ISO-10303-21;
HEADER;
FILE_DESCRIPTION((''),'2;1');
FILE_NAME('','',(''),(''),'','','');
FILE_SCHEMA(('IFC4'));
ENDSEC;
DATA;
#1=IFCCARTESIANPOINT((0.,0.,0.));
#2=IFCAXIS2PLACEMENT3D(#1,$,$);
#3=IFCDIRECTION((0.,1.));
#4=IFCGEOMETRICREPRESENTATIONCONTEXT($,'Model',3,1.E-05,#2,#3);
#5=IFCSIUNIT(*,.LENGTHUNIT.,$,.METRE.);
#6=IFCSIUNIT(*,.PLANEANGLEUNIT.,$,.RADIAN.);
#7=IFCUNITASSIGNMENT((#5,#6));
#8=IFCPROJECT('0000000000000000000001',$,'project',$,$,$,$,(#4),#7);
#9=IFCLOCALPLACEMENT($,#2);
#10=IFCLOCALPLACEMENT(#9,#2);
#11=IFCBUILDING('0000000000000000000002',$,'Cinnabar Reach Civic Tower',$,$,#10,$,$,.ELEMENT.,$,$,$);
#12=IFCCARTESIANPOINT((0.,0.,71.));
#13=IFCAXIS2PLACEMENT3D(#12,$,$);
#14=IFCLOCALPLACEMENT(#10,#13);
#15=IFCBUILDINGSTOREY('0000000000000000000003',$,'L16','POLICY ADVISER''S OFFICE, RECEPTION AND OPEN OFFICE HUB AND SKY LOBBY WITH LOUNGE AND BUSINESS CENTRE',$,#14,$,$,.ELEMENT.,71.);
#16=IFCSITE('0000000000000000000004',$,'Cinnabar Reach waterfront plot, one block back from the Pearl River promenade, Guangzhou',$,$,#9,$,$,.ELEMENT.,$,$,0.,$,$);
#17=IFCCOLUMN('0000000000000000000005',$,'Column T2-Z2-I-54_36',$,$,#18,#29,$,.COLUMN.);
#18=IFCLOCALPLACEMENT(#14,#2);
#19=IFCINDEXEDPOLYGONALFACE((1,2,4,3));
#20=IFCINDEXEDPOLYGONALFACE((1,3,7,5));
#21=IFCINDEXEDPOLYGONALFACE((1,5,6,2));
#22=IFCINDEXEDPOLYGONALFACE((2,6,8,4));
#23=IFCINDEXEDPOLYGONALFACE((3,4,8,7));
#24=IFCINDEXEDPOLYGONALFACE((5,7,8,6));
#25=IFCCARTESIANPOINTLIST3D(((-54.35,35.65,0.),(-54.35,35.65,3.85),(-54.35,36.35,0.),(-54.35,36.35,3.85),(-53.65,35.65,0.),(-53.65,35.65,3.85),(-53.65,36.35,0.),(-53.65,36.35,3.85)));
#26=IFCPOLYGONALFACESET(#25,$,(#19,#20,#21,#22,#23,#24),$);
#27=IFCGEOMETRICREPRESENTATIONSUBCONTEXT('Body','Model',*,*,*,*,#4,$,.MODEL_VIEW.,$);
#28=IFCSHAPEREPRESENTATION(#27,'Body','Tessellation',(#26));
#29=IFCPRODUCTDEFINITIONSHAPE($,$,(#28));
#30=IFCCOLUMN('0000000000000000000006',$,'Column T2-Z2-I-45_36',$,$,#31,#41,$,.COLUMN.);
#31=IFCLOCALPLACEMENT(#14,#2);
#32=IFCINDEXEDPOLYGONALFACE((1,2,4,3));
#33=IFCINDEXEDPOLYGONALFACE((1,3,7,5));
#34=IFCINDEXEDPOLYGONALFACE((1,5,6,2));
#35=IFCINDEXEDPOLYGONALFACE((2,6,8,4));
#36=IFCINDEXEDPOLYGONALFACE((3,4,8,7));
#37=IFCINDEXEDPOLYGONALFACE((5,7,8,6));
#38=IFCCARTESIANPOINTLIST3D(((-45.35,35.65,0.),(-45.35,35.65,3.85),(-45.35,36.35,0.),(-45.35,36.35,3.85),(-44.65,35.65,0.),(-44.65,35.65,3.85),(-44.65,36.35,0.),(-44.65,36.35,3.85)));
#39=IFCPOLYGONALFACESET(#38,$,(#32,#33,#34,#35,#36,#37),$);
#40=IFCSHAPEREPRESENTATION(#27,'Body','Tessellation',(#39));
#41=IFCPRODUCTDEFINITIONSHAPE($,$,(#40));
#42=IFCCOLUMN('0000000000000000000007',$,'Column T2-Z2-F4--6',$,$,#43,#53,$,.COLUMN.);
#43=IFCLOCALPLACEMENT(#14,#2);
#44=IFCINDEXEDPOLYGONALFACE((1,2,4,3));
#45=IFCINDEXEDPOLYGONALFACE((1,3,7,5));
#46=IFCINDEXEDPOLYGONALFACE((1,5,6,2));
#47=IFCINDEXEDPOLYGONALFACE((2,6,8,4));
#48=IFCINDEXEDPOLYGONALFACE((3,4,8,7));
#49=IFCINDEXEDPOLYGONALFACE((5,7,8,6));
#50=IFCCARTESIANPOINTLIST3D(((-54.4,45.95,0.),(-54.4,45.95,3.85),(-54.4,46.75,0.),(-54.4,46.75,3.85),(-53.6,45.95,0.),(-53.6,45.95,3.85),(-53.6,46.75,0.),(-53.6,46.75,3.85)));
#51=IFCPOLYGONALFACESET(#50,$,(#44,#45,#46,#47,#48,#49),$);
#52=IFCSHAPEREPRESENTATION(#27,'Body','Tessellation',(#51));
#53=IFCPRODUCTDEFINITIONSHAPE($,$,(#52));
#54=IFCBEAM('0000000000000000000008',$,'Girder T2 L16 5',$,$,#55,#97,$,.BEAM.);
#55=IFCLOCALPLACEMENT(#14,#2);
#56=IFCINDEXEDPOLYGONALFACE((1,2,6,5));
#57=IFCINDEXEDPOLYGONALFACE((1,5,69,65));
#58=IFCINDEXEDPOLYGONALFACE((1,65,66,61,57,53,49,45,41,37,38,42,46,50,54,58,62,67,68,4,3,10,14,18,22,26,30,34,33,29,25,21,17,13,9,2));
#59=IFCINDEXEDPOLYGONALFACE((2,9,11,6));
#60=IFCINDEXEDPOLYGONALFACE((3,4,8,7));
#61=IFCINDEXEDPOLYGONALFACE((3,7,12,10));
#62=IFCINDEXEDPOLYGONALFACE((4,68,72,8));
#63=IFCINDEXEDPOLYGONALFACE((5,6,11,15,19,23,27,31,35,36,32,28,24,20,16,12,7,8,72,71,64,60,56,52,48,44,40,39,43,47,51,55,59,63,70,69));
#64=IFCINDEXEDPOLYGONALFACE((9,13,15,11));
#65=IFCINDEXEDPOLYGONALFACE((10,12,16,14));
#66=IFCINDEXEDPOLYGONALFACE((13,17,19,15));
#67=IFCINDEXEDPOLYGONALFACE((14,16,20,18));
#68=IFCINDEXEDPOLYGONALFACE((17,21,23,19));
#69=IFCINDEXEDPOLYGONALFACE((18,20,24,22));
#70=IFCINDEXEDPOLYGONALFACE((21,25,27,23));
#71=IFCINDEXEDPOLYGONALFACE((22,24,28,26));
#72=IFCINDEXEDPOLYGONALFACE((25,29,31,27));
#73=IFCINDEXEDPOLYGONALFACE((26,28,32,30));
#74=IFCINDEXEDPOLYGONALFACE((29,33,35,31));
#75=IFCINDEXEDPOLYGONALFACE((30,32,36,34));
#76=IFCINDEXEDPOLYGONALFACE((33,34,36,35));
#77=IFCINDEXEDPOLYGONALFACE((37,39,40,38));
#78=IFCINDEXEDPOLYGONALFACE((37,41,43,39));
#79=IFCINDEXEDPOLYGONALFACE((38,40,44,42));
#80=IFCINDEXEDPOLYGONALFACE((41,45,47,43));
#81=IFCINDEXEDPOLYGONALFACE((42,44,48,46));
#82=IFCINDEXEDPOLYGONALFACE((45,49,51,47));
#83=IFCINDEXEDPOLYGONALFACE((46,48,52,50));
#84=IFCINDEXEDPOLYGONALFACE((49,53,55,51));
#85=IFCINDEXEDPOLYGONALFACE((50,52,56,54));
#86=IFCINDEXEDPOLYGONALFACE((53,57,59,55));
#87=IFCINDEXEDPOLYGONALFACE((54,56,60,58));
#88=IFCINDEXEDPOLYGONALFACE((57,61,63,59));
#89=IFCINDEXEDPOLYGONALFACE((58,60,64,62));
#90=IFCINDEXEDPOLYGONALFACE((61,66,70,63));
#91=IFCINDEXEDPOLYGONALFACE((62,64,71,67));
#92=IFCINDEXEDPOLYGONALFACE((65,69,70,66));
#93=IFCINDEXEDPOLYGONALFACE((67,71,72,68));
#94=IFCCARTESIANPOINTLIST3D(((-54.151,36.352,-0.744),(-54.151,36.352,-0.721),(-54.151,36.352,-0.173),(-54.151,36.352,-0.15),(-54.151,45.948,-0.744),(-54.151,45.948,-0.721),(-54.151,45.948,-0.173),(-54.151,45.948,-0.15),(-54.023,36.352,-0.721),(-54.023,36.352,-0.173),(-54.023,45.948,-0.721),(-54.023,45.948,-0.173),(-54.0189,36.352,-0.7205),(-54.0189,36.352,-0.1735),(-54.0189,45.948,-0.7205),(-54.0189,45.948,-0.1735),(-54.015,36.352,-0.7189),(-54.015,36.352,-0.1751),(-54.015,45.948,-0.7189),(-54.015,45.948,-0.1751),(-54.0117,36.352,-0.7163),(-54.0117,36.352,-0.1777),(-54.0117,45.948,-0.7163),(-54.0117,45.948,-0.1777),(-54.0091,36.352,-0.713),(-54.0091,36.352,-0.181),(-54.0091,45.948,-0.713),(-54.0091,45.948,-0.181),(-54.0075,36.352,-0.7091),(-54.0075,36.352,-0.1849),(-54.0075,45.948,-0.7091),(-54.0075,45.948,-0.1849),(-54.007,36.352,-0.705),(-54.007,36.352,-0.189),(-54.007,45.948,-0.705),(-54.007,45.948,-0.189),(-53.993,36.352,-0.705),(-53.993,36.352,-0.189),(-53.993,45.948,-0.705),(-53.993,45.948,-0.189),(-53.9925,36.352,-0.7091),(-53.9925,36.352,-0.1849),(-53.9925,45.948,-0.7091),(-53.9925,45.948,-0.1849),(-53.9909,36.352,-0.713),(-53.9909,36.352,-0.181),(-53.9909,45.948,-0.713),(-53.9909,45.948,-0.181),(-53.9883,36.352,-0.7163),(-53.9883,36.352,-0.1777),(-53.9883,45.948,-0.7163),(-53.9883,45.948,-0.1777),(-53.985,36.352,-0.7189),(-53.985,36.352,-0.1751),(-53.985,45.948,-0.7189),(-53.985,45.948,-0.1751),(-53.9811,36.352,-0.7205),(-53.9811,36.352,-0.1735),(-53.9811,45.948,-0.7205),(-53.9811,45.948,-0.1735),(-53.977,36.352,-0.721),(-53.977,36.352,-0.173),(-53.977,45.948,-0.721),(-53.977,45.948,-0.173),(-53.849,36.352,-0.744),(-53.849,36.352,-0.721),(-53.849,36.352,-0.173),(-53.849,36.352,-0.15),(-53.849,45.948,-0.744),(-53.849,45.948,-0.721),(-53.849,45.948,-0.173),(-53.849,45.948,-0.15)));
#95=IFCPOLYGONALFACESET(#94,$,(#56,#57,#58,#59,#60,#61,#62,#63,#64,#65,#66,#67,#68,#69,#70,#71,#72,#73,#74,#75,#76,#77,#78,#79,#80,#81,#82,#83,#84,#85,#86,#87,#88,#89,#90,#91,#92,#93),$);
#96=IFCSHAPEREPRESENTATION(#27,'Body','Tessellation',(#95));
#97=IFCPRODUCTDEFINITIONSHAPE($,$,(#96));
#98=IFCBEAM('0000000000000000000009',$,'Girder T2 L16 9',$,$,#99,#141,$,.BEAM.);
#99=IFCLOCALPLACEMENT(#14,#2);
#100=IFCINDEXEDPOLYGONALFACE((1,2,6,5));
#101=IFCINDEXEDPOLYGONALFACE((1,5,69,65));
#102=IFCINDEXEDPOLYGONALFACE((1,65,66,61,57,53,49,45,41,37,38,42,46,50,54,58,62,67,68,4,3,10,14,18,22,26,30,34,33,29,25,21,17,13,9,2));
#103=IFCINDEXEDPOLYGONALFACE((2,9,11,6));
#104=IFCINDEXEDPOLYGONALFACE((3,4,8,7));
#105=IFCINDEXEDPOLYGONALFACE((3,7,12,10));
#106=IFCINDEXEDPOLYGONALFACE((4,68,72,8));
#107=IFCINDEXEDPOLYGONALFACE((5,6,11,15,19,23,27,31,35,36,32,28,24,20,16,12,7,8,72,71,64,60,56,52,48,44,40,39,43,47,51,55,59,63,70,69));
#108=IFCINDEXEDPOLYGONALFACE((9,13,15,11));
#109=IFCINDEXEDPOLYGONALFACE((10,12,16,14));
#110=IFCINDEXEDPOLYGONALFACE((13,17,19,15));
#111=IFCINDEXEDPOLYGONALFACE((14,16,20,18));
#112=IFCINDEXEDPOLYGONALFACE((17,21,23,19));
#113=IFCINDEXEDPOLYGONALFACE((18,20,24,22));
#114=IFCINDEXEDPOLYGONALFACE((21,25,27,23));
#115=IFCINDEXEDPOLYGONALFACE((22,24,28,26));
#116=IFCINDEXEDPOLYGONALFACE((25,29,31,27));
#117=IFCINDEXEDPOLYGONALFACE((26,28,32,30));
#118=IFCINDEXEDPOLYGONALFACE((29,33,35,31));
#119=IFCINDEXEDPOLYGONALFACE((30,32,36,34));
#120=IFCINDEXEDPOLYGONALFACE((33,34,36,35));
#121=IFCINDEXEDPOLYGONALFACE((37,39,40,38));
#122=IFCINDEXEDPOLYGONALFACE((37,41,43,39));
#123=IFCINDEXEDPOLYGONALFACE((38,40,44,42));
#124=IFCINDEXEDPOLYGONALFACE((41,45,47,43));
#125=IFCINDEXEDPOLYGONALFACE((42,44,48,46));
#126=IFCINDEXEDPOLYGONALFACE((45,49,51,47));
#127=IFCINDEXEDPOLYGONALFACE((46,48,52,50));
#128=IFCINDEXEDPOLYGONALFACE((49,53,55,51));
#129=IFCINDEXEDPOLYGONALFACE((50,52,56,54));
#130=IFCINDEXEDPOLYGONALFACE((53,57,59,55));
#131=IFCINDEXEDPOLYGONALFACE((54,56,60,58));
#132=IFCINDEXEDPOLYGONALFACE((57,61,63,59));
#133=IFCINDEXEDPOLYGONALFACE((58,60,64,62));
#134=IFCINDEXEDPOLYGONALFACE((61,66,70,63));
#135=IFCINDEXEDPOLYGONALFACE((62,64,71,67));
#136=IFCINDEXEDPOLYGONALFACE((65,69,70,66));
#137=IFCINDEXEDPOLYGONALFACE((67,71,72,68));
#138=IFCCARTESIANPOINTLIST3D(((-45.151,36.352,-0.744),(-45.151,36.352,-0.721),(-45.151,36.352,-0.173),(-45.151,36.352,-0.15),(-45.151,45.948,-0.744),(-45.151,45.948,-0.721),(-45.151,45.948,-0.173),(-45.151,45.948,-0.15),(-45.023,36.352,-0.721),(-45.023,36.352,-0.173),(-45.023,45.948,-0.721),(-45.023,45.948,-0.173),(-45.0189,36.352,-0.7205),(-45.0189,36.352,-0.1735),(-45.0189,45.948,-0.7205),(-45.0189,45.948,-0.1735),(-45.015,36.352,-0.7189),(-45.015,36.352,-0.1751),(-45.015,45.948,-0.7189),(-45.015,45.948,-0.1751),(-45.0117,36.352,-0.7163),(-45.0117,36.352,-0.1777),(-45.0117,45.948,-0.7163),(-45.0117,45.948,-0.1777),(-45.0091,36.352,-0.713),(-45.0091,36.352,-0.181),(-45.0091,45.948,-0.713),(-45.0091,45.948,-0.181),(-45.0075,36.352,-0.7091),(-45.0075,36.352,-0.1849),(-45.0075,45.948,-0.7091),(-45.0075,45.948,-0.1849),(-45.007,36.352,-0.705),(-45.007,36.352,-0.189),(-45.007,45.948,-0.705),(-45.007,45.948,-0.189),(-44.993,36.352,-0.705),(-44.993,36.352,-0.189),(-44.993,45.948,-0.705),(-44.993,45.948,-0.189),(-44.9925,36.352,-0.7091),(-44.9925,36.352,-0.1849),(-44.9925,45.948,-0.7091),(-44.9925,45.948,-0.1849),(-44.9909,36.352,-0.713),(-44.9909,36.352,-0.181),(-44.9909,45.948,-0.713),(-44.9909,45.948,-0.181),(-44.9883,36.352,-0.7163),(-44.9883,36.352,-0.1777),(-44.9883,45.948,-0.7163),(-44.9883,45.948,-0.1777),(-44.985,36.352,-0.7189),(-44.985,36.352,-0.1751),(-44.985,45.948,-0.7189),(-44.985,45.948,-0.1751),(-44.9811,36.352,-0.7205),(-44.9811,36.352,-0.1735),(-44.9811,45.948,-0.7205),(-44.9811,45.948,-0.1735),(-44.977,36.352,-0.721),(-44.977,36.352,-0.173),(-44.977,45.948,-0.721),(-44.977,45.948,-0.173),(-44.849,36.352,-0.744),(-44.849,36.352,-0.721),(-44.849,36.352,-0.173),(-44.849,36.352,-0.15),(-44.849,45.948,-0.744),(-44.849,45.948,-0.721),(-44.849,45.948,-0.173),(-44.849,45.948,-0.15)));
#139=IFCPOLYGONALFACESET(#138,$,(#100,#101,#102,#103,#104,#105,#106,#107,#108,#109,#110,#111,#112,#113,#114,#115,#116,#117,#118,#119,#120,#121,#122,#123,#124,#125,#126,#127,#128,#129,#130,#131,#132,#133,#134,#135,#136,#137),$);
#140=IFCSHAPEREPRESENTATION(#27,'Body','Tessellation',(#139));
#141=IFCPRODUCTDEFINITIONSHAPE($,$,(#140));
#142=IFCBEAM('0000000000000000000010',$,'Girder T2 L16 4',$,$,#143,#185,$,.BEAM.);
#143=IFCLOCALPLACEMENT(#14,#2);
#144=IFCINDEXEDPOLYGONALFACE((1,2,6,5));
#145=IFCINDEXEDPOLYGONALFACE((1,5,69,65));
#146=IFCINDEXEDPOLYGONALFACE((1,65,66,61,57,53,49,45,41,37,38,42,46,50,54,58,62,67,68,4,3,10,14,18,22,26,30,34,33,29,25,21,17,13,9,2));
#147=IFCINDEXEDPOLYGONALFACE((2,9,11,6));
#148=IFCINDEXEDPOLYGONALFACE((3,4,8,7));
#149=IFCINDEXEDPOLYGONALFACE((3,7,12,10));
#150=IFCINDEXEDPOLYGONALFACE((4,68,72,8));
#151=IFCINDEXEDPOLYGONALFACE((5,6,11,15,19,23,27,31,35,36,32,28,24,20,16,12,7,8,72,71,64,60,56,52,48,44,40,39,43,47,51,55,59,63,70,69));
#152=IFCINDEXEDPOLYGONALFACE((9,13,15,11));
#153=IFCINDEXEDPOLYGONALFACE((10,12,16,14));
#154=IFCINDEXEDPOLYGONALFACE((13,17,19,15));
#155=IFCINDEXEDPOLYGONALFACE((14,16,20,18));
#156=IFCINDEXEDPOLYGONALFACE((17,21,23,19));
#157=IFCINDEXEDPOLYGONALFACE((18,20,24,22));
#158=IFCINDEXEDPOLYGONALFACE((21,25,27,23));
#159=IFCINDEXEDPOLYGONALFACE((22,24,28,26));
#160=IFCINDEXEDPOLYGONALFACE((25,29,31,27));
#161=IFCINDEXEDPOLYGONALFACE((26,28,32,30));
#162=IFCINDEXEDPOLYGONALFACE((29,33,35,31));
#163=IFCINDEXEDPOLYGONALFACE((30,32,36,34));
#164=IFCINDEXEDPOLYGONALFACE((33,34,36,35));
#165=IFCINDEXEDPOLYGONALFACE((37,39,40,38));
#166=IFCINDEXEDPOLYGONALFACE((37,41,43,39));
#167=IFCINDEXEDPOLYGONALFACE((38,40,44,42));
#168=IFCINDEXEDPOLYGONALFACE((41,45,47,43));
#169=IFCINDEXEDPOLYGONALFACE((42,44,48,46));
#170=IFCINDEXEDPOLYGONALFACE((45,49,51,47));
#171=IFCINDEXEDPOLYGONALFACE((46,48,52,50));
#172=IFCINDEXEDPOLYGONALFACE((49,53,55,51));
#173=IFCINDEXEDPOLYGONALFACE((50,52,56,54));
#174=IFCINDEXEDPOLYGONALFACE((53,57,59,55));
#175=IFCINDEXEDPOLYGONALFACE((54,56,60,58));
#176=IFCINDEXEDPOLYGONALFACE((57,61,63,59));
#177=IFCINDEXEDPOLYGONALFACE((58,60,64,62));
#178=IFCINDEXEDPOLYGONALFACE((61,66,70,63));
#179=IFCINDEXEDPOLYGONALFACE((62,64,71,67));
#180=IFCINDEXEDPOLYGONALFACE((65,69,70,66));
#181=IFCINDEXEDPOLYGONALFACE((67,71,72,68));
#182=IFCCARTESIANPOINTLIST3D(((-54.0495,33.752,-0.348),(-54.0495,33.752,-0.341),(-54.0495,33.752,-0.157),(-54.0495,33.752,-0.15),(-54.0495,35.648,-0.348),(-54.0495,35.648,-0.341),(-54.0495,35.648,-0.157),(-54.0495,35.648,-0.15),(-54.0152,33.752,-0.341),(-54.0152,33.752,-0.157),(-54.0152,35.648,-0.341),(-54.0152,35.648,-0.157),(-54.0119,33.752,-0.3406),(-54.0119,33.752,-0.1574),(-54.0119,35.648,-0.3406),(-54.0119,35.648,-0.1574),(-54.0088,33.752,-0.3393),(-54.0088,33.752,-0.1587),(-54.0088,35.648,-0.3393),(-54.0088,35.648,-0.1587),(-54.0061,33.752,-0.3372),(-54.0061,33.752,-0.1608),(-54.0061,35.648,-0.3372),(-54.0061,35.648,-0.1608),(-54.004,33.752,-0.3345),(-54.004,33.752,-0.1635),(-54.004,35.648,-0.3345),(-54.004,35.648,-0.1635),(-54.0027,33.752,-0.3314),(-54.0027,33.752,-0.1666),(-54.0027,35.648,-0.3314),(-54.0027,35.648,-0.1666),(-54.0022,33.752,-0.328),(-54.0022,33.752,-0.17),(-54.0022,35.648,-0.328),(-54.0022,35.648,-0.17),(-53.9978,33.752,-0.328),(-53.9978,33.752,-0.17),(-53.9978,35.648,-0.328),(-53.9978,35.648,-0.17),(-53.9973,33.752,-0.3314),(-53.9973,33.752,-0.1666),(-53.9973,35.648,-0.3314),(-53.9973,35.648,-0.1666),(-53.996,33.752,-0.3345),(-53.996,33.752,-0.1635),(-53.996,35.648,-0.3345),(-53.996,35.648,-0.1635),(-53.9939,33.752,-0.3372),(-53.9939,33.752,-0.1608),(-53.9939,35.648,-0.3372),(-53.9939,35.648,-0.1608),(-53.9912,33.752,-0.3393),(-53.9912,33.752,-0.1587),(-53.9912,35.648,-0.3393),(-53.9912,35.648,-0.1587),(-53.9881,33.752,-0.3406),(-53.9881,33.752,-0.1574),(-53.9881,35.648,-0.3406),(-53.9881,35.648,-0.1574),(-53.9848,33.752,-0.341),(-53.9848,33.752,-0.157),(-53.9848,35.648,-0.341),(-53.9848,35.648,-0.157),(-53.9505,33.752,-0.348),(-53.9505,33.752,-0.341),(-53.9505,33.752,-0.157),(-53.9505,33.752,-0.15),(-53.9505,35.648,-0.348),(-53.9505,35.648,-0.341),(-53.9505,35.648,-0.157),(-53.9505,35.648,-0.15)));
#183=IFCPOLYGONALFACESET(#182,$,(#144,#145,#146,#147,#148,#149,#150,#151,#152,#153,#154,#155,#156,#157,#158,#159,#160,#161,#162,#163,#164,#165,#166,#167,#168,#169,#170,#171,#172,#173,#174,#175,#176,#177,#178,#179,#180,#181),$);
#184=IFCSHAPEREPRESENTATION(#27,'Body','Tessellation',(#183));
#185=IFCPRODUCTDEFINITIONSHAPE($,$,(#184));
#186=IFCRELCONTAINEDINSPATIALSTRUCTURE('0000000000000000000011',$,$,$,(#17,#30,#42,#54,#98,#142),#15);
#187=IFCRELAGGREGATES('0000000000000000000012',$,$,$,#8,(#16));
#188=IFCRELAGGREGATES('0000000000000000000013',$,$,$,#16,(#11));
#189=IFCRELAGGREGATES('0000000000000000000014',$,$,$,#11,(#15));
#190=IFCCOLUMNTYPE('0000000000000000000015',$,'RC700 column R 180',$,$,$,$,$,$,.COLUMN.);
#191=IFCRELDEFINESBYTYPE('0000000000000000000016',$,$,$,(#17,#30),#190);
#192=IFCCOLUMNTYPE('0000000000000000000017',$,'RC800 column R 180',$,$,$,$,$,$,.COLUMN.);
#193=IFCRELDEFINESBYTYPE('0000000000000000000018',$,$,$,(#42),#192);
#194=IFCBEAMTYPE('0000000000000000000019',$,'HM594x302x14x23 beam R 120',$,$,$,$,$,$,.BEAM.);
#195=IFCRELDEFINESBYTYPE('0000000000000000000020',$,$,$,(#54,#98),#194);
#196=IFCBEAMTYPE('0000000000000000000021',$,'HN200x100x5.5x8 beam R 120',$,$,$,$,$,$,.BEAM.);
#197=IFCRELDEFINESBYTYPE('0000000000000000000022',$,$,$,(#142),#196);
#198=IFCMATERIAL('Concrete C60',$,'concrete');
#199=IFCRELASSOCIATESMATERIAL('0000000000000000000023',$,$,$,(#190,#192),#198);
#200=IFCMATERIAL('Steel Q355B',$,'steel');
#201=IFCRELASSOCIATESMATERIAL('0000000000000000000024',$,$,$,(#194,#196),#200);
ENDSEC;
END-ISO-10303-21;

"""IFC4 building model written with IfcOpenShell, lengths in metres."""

from ifc_helpers import new_model, si_unit, direction, frame, origin, origin_2d, place, context, subcontext, project, spatial, rectangle, i_section, extrude, material, material_profile, profile_set, type_object, element, save


model = new_model("IFC4")

# Units and contexts
model_context = context("Model", 3, precision=1e-05, world=origin(), true_north=direction((0.0, 1.0)))
body_context = subcontext(model_context, "Body", "Model", "MODEL_VIEW")
ifc_project = project(units=[si_unit("LENGTHUNIT", "METRE"), si_unit("PLANEANGLEUNIT", "RADIAN")], contexts=[model_context])

# Site, building, storey
site_placement = place(None, origin())
site = spatial("IfcSite", under=ifc_project, at=site_placement, Name="Cinnabar Reach waterfront plot, one block back from the Pearl River promenade, Guangzhou", CompositionType="ELEMENT", RefElevation=0.0)
building_placement = place(site_placement, origin())
building = spatial("IfcBuilding", under=site, at=building_placement, Name="Cinnabar Reach Civic Tower", CompositionType="ELEMENT")
storey_placement = place(building_placement, frame((0.0, 0.0, 71.0)))
storey = spatial("IfcBuildingStorey", under=building, at=storey_placement, Name="L16", Description="POLICY ADVISER'S OFFICE, RECEPTION AND OPEN OFFICE HUB AND SKY LOBBY WITH LOUNGE AND BUSINESS CENTRE", CompositionType="ELEMENT", Elevation=71.0)

# Columns
ifc_material_1 = material(Name="Concrete C60", Category="concrete")
ifc_material_profile_1 = material_profile(ifc_material_1, rectangle(XDim=0.7, YDim=0.7, at=origin_2d()), Name="RC700")
ifc_profile_set_1 = profile_set([ifc_material_profile_1], Name="Concrete C60")
column_type_1 = type_object("IfcColumnType", Name="RC700 column R 180", PredefinedType="COLUMN", material=ifc_profile_set_1)
for number, where, z_axis, x_axis, name in (
    (1, (-54.0, 36.0, 0.0), (0.0, 0.0, 1.0), (1.0, 0.0, 0.0), "Column T2-Z2-I-54_36"),
    (2, (-45.0, 36.0, 0.0), (0.0, 0.0, 1.0), (1.0, 0.0, 0.0), "Column T2-Z2-I-45_36"),
):
    element("IfcColumn", number, at=place(storey_placement, frame(where, z_axis=z_axis, x_axis=x_axis)), inside=storey, type_object=column_type_1, Name=name, PredefinedType="COLUMN", context=body_context, shape_type="SweptSolid", body=[
        extrude(rectangle(XDim=0.7, YDim=0.7, at=origin_2d()), origin(), (0.0, 0.0, 1.0), 3.85),
    ])
ifc_material_profile_2 = material_profile(ifc_material_1, rectangle(XDim=0.8, YDim=0.8, at=origin_2d()), Name="RC800")
ifc_profile_set_2 = profile_set([ifc_material_profile_2], Name="Concrete C60")
column_type_2 = type_object("IfcColumnType", Name="RC800 column R 180", PredefinedType="COLUMN", material=ifc_profile_set_2)
column_placement = place(storey_placement, frame((-54.0, 46.35, 0.0), z_axis=(0.0, 0.0, 1.0), x_axis=(1.0, 0.0, 0.0)))
element("IfcColumn", 3, at=column_placement, inside=storey, type_object=column_type_2, Name="Column T2-Z2-F4--6", PredefinedType="COLUMN", context=body_context, shape_type="SweptSolid", body=[
    extrude(rectangle(XDim=0.8, YDim=0.8, at=origin_2d()), origin(), (0.0, 0.0, 1.0), 3.85),
])

# Beams
ifc_material_2 = material(Name="Steel Q355B", Category="steel")
ifc_material_profile_3 = material_profile(ifc_material_2, i_section(OverallWidth=0.302, OverallDepth=0.594, WebThickness=0.014, FlangeThickness=0.023, FilletRadius=0.016, at=origin_2d()), Name="HM594x302x14x23")
ifc_profile_set_3 = profile_set([ifc_material_profile_3], Name="Steel Q355B")
beam_type_1 = type_object("IfcBeamType", Name="HM594x302x14x23 beam R 120", PredefinedType="BEAM", material=ifc_profile_set_3)
for number, where, z_axis, x_axis, name in (
    (4, (-54.0, 36.352, -0.447), (0.0, 1.0, 0.0), (-1.0, 0.0, 0.0), "Girder T2 L16 5"),
    (5, (-45.0, 36.352, -0.447), (0.0, 1.0, 0.0), (-1.0, 0.0, 0.0), "Girder T2 L16 9"),
):
    element("IfcBeam", number, at=place(storey_placement, frame(where, z_axis=z_axis, x_axis=x_axis)), inside=storey, type_object=beam_type_1, Name=name, PredefinedType="BEAM", context=body_context, shape_type="SweptSolid", body=[
        extrude(i_section(OverallWidth=0.302, OverallDepth=0.594, WebThickness=0.014, FlangeThickness=0.023, FilletRadius=0.016, at=origin_2d()), origin(), (0.0, 0.0, 1.0), 9.596),
    ])
ifc_material_profile_4 = material_profile(ifc_material_2, i_section(OverallWidth=0.099, OverallDepth=0.198, WebThickness=0.0045, FlangeThickness=0.007, FilletRadius=0.013, at=origin_2d()), Name="HN200x100x5.5x8")
ifc_profile_set_4 = profile_set([ifc_material_profile_4], Name="Steel Q355B")
beam_type_2 = type_object("IfcBeamType", Name="HN200x100x5.5x8 beam R 120", PredefinedType="BEAM", material=ifc_profile_set_4)
beam_1_placement = place(storey_placement, frame((-54.0, 33.752, -0.249), z_axis=(0.0, 1.0, 0.0), x_axis=(-1.0, 0.0, 0.0)))
element("IfcBeam", 6, at=beam_1_placement, inside=storey, type_object=beam_type_2, Name="Girder T2 L16 4", PredefinedType="BEAM", context=body_context, shape_type="SweptSolid", body=[
    extrude(i_section(OverallWidth=0.099, OverallDepth=0.198, WebThickness=0.0045, FlangeThickness=0.007, FilletRadius=0.013, at=origin_2d()), origin(), (0.0, 0.0, 1.0), 1.896),
])

save(model, "model.ifc")
